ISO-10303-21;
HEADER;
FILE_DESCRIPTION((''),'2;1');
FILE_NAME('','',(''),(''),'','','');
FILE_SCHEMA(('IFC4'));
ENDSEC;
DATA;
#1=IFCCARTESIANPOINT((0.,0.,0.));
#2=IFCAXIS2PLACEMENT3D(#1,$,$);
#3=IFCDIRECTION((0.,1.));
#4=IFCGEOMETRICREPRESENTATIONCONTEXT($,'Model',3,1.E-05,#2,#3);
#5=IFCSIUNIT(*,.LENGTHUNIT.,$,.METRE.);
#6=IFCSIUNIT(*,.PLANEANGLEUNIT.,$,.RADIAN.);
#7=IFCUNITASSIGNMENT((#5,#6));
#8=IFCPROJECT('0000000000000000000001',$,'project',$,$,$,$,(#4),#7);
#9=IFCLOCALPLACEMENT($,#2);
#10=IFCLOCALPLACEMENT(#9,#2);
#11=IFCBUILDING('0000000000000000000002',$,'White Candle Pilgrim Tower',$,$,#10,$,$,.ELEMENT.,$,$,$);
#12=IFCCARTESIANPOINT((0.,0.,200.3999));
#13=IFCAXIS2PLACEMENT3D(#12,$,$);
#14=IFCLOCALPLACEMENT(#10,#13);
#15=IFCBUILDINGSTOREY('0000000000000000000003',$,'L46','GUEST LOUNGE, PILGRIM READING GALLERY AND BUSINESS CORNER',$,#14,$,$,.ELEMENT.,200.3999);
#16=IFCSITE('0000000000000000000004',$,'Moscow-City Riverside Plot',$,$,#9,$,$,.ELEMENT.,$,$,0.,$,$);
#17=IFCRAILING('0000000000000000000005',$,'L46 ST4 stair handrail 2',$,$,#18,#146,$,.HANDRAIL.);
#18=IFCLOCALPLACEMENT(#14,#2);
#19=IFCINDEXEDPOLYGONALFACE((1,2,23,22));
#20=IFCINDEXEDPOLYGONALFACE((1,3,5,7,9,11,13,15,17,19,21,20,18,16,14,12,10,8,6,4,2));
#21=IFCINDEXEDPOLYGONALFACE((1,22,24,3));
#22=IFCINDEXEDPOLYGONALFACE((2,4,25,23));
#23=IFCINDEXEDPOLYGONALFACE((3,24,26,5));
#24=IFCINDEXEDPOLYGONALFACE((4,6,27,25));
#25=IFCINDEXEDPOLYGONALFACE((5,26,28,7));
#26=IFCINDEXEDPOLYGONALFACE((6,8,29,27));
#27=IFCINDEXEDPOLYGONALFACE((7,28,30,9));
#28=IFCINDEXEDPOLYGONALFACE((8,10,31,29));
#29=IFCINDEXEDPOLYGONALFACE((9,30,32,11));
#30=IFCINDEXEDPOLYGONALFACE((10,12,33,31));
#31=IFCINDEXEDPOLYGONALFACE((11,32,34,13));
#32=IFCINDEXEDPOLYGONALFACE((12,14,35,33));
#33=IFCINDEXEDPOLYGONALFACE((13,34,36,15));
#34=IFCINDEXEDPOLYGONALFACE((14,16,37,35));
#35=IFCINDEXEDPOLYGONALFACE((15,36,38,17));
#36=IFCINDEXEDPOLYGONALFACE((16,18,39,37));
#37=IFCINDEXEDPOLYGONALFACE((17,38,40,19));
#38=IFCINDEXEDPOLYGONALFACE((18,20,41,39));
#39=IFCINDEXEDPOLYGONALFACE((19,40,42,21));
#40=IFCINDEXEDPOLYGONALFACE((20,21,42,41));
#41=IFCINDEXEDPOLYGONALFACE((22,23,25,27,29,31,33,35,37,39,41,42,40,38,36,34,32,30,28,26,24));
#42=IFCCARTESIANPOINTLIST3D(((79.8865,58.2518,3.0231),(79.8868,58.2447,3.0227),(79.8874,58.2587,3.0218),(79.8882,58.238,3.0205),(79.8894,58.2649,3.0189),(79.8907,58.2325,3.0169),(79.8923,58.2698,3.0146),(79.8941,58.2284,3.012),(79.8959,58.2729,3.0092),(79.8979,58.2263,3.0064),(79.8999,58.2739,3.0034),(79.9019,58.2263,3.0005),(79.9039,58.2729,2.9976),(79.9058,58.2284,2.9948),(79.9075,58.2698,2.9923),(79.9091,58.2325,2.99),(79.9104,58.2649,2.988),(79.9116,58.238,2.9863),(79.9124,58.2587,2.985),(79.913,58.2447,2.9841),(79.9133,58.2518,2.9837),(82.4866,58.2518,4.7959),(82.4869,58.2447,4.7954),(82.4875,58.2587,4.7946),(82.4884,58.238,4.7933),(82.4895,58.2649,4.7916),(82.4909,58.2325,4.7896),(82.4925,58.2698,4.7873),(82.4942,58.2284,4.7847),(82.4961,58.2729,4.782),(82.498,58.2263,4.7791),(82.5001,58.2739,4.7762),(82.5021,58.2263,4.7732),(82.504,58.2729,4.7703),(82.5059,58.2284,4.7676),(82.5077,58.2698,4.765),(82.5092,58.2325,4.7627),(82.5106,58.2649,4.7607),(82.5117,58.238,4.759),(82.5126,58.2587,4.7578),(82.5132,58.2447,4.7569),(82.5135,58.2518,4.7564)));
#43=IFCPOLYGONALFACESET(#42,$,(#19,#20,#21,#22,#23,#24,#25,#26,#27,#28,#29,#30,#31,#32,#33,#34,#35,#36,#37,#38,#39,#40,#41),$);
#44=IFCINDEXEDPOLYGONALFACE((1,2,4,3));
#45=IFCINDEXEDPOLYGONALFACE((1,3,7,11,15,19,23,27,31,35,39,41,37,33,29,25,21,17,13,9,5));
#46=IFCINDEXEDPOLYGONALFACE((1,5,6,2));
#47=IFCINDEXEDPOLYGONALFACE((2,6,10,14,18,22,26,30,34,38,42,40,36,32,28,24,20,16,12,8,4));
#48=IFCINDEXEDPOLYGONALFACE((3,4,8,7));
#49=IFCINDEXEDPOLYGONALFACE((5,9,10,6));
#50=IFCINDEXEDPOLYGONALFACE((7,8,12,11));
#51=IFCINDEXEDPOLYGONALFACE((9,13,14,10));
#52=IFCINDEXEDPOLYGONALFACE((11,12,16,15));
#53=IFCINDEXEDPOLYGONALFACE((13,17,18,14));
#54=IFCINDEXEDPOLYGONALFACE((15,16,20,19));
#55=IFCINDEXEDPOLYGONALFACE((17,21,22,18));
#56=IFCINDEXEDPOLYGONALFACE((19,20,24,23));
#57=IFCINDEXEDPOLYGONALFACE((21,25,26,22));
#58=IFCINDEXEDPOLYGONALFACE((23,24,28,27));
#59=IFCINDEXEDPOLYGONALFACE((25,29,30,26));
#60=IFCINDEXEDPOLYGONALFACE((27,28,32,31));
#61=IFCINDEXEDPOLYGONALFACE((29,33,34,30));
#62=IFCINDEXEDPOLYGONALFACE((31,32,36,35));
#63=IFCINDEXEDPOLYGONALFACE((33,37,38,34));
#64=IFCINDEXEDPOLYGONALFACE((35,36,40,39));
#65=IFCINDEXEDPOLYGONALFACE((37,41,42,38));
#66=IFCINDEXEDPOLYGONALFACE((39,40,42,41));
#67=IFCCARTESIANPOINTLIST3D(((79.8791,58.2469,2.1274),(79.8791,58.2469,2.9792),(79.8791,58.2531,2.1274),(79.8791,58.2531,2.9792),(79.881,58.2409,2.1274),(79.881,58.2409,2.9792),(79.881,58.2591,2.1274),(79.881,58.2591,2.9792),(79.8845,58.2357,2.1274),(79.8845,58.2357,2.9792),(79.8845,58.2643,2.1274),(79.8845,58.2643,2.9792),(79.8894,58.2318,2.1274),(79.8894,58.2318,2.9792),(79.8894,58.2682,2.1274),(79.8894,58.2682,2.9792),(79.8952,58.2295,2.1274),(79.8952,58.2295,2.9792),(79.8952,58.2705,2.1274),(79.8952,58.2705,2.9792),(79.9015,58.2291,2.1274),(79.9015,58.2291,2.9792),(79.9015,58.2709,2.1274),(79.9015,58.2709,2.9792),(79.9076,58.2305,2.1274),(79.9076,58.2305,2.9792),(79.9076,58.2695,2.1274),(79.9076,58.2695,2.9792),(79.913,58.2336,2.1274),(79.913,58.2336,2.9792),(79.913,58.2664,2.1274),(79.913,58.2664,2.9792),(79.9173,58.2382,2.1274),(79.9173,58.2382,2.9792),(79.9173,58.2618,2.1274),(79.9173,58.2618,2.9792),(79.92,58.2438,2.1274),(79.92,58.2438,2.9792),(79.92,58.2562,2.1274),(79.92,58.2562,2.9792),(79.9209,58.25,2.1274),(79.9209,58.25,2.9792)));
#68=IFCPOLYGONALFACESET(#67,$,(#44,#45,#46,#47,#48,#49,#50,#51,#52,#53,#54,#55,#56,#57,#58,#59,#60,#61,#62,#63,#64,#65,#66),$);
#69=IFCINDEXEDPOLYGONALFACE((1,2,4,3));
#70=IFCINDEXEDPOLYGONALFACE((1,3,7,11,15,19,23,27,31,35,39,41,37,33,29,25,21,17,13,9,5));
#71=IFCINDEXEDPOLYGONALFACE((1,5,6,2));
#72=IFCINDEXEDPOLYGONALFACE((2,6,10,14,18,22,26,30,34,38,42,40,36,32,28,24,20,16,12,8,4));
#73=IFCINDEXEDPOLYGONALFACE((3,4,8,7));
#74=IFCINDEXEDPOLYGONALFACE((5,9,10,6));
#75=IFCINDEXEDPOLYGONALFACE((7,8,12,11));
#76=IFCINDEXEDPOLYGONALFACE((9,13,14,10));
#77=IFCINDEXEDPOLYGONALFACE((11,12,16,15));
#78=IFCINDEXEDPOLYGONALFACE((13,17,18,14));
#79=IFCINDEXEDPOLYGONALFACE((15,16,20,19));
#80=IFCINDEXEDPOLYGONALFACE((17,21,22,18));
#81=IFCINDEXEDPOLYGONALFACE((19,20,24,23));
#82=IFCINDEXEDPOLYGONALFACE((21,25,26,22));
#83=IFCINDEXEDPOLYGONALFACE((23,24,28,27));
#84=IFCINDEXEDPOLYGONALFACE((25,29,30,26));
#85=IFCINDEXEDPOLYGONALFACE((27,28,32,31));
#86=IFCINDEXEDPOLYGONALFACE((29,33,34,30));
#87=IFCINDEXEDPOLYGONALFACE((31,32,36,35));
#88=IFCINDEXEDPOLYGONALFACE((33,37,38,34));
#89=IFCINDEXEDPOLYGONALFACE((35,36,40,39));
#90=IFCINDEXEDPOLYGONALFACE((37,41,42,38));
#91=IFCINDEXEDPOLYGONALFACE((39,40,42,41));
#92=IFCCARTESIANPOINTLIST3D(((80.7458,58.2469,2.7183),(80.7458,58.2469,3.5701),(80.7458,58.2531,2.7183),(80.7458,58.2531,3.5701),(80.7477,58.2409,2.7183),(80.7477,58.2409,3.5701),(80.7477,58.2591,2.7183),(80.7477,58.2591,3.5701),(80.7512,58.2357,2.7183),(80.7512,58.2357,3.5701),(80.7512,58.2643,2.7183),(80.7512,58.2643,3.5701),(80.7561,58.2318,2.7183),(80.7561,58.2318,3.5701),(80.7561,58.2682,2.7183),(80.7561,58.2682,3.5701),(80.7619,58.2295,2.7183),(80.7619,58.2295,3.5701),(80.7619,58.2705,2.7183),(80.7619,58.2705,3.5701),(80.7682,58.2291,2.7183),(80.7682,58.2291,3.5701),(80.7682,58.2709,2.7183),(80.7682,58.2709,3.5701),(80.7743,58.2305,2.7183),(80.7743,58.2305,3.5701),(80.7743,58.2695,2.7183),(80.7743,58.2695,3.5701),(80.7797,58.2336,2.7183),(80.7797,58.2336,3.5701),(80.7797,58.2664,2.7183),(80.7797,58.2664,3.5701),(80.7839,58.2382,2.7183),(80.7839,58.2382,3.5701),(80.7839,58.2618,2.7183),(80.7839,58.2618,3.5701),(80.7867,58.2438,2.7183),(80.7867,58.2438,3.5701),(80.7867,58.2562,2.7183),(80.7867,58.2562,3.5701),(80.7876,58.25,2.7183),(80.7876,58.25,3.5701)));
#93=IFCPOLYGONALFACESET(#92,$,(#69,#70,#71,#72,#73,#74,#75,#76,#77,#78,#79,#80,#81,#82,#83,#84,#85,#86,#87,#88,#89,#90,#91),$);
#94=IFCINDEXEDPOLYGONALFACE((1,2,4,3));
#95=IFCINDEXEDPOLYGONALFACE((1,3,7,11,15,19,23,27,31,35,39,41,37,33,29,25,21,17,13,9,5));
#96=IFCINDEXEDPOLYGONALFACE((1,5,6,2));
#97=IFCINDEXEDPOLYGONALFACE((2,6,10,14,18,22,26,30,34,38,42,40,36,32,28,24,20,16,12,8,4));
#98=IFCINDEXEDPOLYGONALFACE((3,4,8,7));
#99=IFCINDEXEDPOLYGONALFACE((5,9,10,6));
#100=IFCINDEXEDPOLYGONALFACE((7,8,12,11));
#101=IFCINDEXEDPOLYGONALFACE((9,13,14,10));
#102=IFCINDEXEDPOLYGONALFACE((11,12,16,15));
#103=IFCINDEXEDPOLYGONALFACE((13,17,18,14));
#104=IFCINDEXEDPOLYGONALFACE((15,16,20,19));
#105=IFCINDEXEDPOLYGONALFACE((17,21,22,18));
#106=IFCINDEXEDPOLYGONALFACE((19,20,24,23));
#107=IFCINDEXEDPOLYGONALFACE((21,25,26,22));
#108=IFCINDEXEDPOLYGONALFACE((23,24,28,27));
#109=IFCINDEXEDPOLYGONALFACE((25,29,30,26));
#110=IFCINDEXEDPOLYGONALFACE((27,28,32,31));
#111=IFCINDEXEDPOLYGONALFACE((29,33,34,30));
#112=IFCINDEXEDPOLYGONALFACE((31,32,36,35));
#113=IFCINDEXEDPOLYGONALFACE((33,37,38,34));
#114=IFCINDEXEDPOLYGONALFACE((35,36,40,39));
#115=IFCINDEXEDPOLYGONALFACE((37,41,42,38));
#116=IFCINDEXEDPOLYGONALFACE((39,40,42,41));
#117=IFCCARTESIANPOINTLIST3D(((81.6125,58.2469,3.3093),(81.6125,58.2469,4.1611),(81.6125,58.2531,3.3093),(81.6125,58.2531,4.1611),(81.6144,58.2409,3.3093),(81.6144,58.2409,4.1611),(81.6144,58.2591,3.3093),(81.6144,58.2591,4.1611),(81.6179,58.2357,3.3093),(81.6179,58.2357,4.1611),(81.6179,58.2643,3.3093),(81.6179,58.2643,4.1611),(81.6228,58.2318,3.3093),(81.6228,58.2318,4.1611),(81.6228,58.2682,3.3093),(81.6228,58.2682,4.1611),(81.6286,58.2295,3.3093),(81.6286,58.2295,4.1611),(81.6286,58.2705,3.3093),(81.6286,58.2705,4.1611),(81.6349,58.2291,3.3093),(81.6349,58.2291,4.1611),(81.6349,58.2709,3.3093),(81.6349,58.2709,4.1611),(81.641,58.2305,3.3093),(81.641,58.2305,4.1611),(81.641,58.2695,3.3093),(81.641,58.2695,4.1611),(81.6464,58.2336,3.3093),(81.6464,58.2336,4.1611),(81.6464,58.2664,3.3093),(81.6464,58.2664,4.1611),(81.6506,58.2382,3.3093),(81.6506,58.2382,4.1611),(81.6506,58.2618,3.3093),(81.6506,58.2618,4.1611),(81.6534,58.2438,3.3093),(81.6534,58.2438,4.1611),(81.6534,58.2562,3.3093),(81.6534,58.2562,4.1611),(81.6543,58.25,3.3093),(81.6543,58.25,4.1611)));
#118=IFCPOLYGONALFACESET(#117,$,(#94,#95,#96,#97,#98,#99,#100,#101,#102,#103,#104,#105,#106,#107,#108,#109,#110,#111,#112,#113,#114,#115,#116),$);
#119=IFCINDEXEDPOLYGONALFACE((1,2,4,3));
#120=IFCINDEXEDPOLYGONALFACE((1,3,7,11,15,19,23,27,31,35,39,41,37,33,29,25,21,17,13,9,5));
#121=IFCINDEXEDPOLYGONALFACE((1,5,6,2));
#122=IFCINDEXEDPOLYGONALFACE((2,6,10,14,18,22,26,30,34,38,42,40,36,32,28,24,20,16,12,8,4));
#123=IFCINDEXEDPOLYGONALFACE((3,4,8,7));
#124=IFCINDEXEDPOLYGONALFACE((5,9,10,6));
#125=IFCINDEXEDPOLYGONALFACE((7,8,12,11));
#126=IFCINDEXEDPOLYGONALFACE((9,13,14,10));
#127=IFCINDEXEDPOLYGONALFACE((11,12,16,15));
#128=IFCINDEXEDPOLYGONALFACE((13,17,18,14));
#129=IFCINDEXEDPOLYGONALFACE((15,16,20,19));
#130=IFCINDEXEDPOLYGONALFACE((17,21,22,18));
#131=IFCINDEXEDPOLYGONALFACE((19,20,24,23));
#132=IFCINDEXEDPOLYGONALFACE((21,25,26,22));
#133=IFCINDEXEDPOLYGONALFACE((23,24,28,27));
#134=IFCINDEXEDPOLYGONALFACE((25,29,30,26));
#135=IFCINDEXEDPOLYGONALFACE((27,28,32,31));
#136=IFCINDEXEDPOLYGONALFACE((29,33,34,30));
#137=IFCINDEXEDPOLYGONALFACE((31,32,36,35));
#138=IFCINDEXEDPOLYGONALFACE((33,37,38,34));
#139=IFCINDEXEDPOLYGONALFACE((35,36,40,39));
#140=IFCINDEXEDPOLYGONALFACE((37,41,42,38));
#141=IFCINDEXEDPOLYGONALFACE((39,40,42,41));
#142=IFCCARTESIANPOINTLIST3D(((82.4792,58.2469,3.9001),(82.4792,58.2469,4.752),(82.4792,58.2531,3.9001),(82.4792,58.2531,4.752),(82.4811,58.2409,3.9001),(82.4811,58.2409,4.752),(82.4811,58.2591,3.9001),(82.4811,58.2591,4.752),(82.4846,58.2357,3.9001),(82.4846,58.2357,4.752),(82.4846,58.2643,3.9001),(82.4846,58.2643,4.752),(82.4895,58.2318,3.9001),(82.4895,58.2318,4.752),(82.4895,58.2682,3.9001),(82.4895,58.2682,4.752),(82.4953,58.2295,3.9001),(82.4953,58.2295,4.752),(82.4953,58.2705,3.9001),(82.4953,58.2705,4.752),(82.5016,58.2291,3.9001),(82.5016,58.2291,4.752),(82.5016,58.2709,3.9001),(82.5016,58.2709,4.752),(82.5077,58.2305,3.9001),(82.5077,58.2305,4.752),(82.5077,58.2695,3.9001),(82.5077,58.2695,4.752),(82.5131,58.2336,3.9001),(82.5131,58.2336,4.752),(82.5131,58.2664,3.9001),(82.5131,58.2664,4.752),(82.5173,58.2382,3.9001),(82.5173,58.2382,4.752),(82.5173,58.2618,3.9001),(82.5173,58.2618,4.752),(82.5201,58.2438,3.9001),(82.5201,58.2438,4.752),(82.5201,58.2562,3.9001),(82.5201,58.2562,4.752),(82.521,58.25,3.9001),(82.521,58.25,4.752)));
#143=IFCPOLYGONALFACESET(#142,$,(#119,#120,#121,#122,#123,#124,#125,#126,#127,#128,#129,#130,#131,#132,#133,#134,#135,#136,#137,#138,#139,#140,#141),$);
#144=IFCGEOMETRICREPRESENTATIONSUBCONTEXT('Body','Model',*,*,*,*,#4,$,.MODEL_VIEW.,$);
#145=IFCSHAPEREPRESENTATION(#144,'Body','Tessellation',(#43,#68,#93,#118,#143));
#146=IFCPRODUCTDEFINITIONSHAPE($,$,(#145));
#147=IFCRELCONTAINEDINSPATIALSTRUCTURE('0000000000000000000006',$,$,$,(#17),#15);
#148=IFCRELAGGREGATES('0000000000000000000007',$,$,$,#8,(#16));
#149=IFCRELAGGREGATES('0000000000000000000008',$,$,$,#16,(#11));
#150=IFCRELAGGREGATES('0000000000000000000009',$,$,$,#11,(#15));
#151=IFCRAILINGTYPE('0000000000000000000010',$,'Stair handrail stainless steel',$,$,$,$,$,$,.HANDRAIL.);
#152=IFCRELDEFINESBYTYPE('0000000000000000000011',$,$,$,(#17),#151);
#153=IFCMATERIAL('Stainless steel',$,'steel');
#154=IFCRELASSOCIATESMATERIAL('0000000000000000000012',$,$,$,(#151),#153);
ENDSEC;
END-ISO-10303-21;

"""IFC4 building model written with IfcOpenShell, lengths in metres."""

from ifc_helpers import new_model, si_unit, direction, frame, origin, origin_2d, place, context, subcontext, project, spatial, circle, extrude, material, type_object, element, save


model = new_model("IFC4")

# Units and contexts
model_context = context("Model", 3, precision=1e-05, world=origin(), true_north=direction((0.0, 1.0)))
body_context = subcontext(model_context, "Body", "Model", "MODEL_VIEW")
ifc_project = project(units=[si_unit("LENGTHUNIT", "METRE"), si_unit("PLANEANGLEUNIT", "RADIAN")], contexts=[model_context])

# Site, building, storey
site_placement = place(None, origin())
site = spatial("IfcSite", under=ifc_project, at=site_placement, Name="Moscow-City Riverside Plot", CompositionType="ELEMENT", RefElevation=0.0)
building_placement = place(site_placement, origin())
building = spatial("IfcBuilding", under=site, at=building_placement, Name="White Candle Pilgrim Tower", CompositionType="ELEMENT")
storey_placement = place(building_placement, frame((0.0, 0.0, 200.3999)))
storey = spatial("IfcBuildingStorey", under=building, at=storey_placement, Name="L46", Description="GUEST LOUNGE, PILGRIM READING GALLERY AND BUSINESS CORNER", CompositionType="ELEMENT", Elevation=200.3999)

# Railing
ifc_material_1 = material(Name="Stainless steel", Category="steel")
railing_type_1 = type_object("IfcRailingType", Name="Stair handrail stainless steel", PredefinedType="HANDRAIL", material=ifc_material_1)
railing_1_placement = place(storey_placement, frame((79.8999, 58.25, 2.1274)))
element("IfcRailing", 1, at=railing_1_placement, inside=storey, type_object=railing_type_1, Name="L46 ST4 stair handrail 2", PredefinedType="HANDRAIL", context=body_context, shape_type="SweptSolid", body=[
    extrude(circle(Radius=0.0239, at=origin_2d()), frame((0.0, 0.0, 0.876), z_axis=(0.82624, 0.0, 0.563318), x_axis=(0.0, 1.0, 0.0)), (0.0, 0.0, 1.0), 3.147),
    extrude(circle(Radius=0.021, at=origin_2d()), origin(), (0.0, 0.0, 1.0), 0.8518),
    extrude(circle(Radius=0.021, at=origin_2d()), frame((0.8667, 0.0, 0.5908)), (0.0, 0.0, 1.0), 0.8518),
    extrude(circle(Radius=0.021, at=origin_2d()), frame((1.7334, 0.0, 1.1819)), (0.0, 0.0, 1.0), 0.8518),
    extrude(circle(Radius=0.021, at=origin_2d()), frame((2.6001, 0.0, 1.7727)), (0.0, 0.0, 1.0), 0.8518),
])

save(model, "model.ifc")
